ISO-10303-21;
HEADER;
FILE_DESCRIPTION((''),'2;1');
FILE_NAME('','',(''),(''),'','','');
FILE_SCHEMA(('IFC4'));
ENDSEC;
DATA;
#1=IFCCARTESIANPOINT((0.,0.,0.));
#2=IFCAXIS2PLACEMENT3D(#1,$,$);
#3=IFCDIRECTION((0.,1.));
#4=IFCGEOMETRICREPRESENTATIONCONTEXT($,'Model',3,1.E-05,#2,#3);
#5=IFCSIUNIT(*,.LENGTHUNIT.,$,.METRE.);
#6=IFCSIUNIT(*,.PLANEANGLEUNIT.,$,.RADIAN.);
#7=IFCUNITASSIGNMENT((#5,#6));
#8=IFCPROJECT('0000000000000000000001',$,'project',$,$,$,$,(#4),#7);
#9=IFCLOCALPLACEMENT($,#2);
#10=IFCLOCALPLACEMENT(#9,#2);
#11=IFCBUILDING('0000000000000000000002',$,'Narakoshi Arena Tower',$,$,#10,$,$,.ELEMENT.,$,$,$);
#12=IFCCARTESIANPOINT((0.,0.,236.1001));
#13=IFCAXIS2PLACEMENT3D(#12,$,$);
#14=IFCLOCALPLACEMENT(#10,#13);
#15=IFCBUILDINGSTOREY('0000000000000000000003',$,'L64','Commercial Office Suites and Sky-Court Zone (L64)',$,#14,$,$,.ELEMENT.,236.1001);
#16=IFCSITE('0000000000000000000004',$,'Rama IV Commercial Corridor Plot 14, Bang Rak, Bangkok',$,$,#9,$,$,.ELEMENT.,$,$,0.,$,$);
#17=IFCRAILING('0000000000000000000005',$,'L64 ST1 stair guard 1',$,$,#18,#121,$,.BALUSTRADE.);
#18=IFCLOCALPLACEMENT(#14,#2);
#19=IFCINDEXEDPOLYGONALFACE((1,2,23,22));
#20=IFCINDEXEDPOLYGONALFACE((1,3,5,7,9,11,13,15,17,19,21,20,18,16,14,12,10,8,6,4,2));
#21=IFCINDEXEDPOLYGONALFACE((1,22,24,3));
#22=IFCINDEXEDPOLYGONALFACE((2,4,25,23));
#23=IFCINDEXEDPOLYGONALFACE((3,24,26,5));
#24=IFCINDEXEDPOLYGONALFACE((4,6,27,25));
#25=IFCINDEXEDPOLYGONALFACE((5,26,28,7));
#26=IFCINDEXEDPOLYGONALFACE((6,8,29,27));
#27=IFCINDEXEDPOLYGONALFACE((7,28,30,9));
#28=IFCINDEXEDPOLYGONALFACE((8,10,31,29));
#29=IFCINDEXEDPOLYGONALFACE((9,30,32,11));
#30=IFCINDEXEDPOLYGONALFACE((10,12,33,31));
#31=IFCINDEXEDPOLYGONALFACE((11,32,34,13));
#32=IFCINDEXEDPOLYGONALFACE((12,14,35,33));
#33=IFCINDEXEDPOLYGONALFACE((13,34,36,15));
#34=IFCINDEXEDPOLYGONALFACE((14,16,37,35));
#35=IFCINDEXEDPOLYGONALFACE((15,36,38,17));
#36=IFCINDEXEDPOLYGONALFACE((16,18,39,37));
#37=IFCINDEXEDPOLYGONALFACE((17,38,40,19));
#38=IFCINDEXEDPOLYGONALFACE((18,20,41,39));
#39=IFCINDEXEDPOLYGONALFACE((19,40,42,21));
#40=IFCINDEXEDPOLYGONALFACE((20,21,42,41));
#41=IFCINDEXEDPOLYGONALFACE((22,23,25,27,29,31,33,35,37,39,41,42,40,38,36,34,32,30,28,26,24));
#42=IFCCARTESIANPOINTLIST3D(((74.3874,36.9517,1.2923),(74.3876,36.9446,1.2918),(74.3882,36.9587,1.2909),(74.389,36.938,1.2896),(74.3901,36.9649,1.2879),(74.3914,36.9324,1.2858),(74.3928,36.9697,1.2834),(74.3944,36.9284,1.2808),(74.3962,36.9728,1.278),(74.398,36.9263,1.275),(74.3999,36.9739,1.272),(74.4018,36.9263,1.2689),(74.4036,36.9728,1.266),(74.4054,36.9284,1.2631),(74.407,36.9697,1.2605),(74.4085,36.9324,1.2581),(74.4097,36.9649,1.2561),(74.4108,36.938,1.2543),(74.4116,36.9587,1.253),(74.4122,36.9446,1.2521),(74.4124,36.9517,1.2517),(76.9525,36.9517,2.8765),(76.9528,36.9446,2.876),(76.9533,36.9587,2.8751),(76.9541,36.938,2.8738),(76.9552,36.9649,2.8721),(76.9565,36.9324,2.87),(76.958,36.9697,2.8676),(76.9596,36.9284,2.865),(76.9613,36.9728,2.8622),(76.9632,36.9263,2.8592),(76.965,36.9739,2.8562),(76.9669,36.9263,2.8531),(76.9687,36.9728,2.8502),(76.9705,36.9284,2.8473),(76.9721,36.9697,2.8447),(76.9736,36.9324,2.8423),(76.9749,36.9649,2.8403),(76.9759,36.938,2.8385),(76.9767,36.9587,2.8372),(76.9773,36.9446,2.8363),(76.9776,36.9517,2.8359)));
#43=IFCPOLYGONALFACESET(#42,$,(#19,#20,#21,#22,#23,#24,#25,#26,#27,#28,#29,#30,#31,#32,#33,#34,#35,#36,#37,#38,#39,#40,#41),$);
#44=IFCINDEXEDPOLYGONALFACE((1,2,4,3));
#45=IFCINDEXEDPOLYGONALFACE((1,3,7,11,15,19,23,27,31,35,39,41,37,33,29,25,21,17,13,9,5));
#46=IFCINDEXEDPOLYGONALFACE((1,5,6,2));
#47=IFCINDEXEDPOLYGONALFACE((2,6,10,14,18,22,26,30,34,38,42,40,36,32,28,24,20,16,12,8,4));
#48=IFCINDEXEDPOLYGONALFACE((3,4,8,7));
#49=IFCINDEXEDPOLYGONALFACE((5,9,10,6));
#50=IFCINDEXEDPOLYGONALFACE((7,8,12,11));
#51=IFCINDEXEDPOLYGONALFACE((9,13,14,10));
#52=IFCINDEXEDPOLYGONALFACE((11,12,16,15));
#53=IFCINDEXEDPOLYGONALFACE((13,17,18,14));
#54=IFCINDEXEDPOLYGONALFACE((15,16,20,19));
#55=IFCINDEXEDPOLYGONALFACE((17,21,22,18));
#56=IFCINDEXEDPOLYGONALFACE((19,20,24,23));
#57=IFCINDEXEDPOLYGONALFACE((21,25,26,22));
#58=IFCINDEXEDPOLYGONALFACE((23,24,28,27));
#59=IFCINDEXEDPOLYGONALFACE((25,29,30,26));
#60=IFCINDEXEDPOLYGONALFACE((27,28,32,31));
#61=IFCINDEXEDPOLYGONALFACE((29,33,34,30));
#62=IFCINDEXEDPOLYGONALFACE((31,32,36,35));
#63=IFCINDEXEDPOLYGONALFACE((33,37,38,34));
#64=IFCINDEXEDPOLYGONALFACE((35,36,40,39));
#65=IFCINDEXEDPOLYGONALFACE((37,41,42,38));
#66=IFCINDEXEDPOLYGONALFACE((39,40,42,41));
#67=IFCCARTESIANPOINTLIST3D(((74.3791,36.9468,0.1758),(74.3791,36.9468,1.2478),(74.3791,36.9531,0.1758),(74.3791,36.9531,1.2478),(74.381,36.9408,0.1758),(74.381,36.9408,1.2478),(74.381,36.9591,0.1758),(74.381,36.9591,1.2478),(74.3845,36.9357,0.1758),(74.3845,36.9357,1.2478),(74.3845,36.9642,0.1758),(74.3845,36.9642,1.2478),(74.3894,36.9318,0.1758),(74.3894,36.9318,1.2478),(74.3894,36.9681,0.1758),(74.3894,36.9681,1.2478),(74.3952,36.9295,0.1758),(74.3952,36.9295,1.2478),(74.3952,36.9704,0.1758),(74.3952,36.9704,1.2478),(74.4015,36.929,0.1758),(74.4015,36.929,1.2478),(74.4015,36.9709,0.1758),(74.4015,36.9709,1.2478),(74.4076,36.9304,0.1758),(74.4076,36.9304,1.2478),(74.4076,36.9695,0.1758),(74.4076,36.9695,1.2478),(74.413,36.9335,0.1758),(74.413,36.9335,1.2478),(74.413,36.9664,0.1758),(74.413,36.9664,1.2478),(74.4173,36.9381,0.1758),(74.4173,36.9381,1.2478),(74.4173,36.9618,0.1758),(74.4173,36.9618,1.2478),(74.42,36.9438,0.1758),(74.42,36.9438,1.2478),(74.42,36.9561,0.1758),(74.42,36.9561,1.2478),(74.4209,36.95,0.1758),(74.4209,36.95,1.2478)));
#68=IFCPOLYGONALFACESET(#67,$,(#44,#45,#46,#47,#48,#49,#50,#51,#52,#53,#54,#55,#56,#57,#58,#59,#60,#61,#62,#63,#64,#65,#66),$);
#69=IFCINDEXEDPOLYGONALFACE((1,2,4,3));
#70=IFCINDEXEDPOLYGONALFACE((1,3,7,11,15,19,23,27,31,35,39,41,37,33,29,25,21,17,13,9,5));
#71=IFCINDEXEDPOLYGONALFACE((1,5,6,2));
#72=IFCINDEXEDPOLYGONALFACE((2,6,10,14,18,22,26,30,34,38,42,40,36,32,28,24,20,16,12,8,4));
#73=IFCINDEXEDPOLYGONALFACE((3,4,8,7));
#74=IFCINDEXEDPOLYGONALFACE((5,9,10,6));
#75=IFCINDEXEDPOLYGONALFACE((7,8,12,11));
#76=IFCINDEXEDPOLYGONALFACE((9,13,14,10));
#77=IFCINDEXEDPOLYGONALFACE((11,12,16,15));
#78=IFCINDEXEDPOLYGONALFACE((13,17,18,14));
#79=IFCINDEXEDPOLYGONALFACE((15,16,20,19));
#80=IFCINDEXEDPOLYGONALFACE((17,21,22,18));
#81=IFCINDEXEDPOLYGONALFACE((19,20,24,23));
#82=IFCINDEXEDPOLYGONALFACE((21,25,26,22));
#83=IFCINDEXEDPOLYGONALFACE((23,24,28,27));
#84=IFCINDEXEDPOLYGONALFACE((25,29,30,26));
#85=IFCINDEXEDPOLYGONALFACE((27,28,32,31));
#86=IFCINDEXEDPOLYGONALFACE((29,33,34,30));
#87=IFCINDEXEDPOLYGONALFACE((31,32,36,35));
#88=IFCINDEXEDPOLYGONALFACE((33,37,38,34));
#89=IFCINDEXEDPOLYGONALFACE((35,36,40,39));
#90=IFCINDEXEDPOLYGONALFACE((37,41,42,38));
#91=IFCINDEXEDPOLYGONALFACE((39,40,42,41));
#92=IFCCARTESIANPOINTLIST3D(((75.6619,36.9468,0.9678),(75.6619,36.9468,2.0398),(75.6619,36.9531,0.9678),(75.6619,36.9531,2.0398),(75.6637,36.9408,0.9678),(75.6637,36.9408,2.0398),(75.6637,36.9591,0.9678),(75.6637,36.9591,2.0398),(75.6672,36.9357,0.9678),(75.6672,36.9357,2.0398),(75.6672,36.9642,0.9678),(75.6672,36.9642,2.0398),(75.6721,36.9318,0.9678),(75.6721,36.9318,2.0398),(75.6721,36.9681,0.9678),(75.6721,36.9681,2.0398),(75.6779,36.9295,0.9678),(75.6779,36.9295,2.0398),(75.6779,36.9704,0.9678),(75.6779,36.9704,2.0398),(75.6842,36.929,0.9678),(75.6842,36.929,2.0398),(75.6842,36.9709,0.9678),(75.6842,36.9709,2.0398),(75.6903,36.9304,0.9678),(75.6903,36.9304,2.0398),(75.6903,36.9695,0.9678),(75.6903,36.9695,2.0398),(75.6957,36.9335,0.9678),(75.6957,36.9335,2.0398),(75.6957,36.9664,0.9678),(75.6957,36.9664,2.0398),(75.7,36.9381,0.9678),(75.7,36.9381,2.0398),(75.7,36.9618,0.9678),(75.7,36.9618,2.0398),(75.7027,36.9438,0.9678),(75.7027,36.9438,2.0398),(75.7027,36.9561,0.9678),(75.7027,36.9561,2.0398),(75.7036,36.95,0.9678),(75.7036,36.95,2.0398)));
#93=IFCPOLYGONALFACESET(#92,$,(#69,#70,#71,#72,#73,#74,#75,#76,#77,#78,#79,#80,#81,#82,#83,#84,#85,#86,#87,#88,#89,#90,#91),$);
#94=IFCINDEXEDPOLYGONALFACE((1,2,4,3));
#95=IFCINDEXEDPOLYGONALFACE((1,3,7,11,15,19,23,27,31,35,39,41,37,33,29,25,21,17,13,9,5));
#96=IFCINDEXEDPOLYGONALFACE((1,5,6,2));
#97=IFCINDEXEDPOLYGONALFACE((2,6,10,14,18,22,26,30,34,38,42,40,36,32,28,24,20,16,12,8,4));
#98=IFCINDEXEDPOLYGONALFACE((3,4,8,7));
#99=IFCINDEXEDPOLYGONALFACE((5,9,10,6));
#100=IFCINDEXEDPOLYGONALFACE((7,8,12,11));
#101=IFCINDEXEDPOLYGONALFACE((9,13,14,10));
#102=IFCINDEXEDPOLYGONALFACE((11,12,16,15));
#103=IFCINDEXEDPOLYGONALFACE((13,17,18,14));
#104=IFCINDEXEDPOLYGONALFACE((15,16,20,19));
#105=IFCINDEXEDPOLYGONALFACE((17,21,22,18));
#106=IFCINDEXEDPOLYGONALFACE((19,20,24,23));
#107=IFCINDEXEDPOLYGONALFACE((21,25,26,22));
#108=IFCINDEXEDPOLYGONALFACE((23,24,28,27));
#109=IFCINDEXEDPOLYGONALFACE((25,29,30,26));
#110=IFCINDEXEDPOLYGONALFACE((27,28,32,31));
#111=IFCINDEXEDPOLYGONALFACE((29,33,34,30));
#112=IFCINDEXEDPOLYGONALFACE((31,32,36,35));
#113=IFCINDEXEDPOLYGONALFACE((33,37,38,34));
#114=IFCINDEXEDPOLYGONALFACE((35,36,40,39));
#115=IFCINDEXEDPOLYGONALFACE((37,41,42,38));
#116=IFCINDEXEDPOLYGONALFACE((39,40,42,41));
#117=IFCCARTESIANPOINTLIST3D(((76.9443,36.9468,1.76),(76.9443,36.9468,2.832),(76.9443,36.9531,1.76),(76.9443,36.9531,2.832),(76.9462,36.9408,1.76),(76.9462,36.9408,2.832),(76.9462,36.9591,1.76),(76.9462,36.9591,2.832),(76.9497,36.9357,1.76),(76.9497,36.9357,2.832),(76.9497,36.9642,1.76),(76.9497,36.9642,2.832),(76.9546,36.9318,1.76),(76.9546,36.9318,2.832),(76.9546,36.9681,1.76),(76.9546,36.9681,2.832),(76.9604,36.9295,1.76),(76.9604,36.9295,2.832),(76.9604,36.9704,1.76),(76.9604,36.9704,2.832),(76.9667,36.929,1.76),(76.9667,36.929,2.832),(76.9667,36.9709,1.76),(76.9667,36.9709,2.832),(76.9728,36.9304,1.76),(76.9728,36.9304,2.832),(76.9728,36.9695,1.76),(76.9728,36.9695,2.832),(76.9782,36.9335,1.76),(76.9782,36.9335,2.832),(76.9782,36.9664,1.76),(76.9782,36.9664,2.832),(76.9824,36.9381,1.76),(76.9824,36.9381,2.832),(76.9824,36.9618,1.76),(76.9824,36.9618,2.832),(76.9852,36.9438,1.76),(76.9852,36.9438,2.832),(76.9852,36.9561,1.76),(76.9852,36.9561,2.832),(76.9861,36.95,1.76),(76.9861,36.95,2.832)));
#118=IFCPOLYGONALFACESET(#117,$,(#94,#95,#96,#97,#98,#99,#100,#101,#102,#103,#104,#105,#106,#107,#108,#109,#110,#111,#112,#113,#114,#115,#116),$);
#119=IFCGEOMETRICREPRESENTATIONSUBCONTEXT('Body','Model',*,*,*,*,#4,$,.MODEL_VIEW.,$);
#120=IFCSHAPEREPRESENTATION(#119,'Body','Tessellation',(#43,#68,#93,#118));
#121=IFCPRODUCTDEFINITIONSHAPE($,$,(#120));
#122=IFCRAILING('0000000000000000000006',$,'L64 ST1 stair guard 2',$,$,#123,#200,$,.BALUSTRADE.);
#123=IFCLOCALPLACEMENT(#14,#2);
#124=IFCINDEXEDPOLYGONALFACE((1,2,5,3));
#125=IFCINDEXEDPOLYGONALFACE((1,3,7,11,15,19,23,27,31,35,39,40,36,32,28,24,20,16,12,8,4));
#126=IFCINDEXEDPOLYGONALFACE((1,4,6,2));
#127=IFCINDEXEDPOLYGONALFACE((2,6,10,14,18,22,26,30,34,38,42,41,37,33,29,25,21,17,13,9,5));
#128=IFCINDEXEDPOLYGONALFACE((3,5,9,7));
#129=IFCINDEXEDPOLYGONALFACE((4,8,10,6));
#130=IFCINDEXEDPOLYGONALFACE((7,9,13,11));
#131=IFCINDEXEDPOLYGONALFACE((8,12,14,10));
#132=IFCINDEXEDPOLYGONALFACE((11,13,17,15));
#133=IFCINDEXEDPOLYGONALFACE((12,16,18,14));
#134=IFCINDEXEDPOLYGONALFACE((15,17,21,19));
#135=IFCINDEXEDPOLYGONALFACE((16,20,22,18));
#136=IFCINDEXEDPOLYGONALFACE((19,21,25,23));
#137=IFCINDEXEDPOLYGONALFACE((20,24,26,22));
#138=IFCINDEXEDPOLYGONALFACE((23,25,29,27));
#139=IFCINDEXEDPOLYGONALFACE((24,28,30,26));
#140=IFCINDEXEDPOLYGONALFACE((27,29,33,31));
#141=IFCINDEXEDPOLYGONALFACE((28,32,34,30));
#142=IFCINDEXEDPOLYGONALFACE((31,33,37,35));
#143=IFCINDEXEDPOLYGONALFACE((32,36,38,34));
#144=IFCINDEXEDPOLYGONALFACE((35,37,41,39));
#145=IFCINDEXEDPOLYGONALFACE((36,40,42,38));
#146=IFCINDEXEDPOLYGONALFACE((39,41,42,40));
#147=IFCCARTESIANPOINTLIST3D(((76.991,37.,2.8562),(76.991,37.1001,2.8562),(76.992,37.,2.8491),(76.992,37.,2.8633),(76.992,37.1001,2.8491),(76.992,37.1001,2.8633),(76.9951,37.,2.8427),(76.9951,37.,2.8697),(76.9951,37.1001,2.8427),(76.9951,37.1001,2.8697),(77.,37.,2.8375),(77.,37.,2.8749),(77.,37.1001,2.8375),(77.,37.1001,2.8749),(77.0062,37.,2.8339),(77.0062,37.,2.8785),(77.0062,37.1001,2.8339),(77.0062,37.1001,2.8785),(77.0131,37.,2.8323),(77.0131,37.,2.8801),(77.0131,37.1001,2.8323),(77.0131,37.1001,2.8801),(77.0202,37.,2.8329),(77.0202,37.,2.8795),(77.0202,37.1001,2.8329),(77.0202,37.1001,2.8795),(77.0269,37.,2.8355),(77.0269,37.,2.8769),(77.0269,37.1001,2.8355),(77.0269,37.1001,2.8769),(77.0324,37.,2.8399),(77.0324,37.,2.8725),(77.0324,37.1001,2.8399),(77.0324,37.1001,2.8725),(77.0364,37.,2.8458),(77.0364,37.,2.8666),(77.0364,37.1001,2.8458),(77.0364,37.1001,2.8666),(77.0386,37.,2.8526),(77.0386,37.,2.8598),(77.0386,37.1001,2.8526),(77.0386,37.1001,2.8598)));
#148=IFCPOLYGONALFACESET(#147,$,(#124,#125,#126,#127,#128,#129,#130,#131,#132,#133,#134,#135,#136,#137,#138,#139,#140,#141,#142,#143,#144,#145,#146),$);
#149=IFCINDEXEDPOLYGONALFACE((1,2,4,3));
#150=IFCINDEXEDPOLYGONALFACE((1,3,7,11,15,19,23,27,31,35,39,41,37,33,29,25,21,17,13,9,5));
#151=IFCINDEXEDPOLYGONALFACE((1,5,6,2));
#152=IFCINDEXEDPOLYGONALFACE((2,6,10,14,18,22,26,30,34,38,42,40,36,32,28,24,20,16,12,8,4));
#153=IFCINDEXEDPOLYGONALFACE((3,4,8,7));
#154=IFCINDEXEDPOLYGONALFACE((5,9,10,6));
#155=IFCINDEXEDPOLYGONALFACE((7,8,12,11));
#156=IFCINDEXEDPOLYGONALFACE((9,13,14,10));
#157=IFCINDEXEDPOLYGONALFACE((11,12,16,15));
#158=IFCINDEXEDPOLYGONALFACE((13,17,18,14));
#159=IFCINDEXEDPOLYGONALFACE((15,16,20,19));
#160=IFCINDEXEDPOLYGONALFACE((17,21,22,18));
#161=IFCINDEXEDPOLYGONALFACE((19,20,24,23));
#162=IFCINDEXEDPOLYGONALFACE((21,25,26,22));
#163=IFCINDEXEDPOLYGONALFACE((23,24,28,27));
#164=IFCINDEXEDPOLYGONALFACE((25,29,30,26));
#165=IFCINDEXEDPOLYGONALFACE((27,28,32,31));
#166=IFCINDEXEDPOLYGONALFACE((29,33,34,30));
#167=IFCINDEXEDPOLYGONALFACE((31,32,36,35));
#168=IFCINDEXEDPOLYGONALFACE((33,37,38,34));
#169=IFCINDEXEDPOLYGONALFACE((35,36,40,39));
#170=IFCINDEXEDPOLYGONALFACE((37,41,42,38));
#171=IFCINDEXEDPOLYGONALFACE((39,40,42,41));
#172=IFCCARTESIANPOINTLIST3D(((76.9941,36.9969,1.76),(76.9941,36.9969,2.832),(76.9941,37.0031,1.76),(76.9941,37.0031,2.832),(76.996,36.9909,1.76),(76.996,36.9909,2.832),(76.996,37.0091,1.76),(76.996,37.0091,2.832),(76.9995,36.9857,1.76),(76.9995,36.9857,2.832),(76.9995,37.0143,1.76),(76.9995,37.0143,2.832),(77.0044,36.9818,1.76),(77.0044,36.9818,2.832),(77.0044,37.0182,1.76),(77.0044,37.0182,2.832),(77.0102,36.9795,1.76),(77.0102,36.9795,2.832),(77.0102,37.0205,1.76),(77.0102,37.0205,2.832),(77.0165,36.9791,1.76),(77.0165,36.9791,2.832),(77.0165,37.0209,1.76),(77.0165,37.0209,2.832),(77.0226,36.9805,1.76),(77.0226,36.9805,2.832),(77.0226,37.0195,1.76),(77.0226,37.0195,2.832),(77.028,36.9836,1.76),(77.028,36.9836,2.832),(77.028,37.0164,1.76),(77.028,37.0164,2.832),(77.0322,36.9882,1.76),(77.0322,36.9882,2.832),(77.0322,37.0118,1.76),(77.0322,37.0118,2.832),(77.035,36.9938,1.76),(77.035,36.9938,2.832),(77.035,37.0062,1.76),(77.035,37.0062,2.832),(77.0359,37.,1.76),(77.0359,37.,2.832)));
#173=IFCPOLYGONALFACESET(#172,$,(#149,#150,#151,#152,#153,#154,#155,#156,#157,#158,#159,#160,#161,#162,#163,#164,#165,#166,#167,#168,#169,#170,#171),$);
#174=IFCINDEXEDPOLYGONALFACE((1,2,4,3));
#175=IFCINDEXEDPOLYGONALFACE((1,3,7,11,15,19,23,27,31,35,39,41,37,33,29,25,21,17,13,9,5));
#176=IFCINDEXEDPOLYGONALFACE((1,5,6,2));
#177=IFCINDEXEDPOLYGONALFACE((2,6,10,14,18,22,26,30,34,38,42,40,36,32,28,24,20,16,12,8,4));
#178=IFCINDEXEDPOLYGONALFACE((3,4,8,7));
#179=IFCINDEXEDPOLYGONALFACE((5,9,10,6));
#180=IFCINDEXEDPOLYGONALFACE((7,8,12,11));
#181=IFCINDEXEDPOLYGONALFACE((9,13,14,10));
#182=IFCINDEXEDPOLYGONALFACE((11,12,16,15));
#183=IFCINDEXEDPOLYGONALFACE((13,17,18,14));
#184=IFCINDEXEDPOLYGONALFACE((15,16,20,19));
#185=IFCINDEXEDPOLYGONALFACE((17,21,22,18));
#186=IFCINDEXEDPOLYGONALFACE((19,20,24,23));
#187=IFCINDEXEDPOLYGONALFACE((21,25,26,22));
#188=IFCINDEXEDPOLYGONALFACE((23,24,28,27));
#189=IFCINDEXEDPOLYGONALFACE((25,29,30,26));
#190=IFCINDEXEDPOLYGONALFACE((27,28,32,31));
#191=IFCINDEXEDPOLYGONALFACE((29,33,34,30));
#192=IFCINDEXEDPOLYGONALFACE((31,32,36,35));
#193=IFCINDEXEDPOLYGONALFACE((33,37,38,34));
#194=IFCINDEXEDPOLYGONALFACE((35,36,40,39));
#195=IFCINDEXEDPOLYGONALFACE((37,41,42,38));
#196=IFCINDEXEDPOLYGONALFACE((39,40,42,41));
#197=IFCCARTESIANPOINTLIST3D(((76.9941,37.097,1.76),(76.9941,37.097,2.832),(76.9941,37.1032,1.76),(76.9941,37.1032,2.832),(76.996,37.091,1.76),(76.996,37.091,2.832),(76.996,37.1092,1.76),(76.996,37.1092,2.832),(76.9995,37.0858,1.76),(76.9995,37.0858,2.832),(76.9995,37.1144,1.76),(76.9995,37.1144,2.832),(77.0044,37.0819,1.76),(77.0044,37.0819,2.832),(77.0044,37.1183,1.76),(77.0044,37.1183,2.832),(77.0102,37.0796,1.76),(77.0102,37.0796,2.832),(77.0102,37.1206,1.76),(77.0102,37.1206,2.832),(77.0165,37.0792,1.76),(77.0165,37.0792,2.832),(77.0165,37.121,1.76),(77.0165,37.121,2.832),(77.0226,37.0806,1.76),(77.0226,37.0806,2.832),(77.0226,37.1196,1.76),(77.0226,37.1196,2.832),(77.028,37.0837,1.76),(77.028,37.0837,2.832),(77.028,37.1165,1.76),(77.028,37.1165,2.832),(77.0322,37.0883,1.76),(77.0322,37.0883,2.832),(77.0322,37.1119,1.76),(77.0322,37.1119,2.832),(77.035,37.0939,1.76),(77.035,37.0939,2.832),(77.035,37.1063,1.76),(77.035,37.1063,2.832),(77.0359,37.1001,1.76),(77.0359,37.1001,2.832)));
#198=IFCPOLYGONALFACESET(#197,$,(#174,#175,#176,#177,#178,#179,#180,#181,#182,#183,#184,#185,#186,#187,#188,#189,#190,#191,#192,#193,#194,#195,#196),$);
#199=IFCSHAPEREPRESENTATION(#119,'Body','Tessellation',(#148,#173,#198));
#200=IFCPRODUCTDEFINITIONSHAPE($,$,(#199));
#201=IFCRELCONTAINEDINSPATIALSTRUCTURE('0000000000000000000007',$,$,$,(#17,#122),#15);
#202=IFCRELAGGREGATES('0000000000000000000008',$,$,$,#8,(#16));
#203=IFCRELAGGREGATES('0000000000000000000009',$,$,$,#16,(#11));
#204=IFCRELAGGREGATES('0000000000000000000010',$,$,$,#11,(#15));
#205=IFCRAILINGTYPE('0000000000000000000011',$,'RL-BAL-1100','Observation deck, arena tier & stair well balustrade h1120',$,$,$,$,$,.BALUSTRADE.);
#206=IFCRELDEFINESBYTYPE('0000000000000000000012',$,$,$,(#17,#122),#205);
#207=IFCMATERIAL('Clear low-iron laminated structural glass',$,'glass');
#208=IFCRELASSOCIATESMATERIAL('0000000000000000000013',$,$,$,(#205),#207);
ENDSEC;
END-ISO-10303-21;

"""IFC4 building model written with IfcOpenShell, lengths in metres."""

from ifc_helpers import new_model, si_unit, direction, frame, origin, origin_2d, place, context, subcontext, project, spatial, circle, extrude, material, type_object, element, save


model = new_model("IFC4")

# Units and contexts
model_context = context("Model", 3, precision=1e-05, world=origin(), true_north=direction((0.0, 1.0)))
body_context = subcontext(model_context, "Body", "Model", "MODEL_VIEW")
ifc_project = project(units=[si_unit("LENGTHUNIT", "METRE"), si_unit("PLANEANGLEUNIT", "RADIAN")], contexts=[model_context])

# Site, building, storey
site_placement = place(None, origin())
site = spatial("IfcSite", under=ifc_project, at=site_placement, Name="Rama IV Commercial Corridor Plot 14, Bang Rak, Bangkok", CompositionType="ELEMENT", RefElevation=0.0)
building_placement = place(site_placement, origin())
building = spatial("IfcBuilding", under=site, at=building_placement, Name="Narakoshi Arena Tower", CompositionType="ELEMENT")
storey_placement = place(building_placement, frame((0.0, 0.0, 236.1001)))
storey = spatial("IfcBuildingStorey", under=building, at=storey_placement, Name="L64", Description="Commercial Office Suites and Sky-Court Zone (L64)", CompositionType="ELEMENT", Elevation=236.1001)

# Railings
ifc_material_1 = material(Name="Clear low-iron laminated structural glass", Category="glass")
railing_type_1 = type_object("IfcRailingType", Name="RL-BAL-1100", Description="Observation deck, arena tier & stair well balustrade h1120", PredefinedType="BALUSTRADE", material=ifc_material_1)
railing_1_placement = place(storey_placement, frame((74.3999, 36.95, 0.1758)))
element("IfcRailing", 1, at=railing_1_placement, inside=storey, type_object=railing_type_1, Name="L64 ST1 stair guard 1", PredefinedType="BALUSTRADE", context=body_context, shape_type="SweptSolid", body=[
    extrude(circle(Radius=0.0239, at=origin_2d()), frame((0.0, 0.0, 1.0962), z_axis=(0.85082, 0.0, 0.525457), x_axis=(0.0, 1.0, 0.0)), (0.0, 0.0, 1.0), 3.0149),
    extrude(circle(Radius=0.021, at=origin_2d()), origin(), (0.0, 0.0, 1.0), 1.072),
    extrude(circle(Radius=0.021, at=origin_2d()), frame((1.2827, 0.0, 0.792)), (0.0, 0.0, 1.0), 1.072),
    extrude(circle(Radius=0.021, at=origin_2d()), frame((2.5652, 0.0, 1.5842)), (0.0, 0.0, 1.0), 1.072),
])
railing_2_placement = place(storey_placement, frame((77.0149, 37.0, 1.76)))
element("IfcRailing", 2, at=railing_2_placement, inside=storey, type_object=railing_type_1, Name="L64 ST1 stair guard 2", PredefinedType="BALUSTRADE", context=body_context, shape_type="SweptSolid", body=[
    extrude(circle(Radius=0.0239, at=origin_2d()), frame((0.0, 0.0, 1.0962), z_axis=(0.0, 1.0, 0.0), x_axis=(-1.0, 0.0, 0.0)), (0.0, 0.0, 1.0), 0.1001),
    extrude(circle(Radius=0.021, at=origin_2d()), origin(), (0.0, 0.0, 1.0), 1.072),
    extrude(circle(Radius=0.021, at=origin_2d()), frame((0.0, 0.1001, 0.0)), (0.0, 0.0, 1.0), 1.072),
])

save(model, "model.ifc")
